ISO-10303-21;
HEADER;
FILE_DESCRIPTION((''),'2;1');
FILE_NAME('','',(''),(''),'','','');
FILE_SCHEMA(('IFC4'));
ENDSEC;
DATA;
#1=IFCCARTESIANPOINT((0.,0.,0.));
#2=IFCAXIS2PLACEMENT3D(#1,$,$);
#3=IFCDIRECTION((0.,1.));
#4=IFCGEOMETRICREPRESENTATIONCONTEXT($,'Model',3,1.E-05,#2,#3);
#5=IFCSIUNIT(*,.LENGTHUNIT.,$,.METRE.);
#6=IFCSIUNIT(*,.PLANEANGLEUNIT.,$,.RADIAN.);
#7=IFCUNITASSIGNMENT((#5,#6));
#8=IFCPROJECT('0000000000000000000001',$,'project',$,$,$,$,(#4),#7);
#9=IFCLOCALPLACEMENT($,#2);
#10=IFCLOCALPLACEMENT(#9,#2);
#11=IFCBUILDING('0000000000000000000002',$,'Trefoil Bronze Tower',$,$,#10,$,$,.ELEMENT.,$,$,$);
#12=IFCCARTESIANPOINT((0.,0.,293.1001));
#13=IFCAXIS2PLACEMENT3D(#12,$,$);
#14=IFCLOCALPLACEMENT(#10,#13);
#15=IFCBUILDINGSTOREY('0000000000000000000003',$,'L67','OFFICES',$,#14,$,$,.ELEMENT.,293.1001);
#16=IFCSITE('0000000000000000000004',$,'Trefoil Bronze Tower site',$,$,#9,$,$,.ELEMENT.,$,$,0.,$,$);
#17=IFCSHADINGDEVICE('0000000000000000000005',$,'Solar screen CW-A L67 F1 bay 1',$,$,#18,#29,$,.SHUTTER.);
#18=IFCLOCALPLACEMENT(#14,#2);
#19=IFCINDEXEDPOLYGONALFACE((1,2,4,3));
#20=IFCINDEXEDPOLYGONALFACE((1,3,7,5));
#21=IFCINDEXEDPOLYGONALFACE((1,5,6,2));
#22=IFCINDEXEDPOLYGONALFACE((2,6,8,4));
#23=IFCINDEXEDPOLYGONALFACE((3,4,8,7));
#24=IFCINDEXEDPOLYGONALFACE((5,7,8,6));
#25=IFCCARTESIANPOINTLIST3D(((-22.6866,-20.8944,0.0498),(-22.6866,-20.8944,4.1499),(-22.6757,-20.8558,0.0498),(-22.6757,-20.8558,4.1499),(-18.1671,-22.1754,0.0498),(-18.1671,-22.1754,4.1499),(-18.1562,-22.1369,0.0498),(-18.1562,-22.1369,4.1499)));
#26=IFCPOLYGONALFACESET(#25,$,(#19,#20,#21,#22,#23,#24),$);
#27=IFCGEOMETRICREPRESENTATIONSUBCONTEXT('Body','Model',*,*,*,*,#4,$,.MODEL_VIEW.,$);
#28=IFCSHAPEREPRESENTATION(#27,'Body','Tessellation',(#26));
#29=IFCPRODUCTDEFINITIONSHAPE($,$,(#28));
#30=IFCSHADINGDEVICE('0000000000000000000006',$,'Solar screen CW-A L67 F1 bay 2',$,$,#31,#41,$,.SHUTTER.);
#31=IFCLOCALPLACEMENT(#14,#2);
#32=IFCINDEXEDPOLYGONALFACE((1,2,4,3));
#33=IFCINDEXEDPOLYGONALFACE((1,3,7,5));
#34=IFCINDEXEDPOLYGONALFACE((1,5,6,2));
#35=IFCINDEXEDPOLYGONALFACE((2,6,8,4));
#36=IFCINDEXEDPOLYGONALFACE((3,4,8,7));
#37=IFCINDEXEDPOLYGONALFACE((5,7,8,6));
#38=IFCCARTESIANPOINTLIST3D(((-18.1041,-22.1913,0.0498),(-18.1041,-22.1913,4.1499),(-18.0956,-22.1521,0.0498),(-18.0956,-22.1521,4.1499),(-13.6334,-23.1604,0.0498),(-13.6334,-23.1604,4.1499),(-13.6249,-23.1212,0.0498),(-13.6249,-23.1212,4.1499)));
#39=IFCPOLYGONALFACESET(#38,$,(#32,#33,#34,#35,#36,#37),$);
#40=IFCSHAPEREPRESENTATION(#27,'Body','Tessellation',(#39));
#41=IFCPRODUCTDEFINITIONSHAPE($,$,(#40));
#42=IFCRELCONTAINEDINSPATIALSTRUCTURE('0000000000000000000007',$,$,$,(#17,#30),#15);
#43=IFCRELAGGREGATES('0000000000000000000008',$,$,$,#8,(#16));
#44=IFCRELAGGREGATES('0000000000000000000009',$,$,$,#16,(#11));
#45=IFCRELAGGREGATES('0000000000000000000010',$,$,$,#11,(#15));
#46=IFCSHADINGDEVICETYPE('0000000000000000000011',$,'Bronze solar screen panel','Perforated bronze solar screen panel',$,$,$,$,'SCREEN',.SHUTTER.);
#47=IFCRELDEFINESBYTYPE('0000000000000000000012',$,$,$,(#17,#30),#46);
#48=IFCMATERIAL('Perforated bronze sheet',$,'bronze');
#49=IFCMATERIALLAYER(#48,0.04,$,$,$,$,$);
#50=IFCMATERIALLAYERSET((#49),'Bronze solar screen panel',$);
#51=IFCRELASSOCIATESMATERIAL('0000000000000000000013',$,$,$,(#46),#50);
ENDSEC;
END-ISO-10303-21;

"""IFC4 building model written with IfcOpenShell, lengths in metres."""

from ifc_helpers import new_model, si_unit, direction, frame, origin, origin_2d, place, context, subcontext, project, spatial, rectangle, extrude, material, layer, layer_set, type_object, element, save


model = new_model("IFC4")

# Units and contexts
model_context = context("Model", 3, precision=1e-05, world=origin(), true_north=direction((0.0, 1.0)))
body_context = subcontext(model_context, "Body", "Model", "MODEL_VIEW")
ifc_project = project(units=[si_unit("LENGTHUNIT", "METRE"), si_unit("PLANEANGLEUNIT", "RADIAN")], contexts=[model_context])

# Site, building, storey
site_placement = place(None, origin())
site = spatial("IfcSite", under=ifc_project, at=site_placement, Name="Trefoil Bronze Tower site", CompositionType="ELEMENT", RefElevation=0.0)
building_placement = place(site_placement, origin())
building = spatial("IfcBuilding", under=site, at=building_placement, Name="Trefoil Bronze Tower", CompositionType="ELEMENT")
storey_placement = place(building_placement, frame((0.0, 0.0, 293.1001)))
storey = spatial("IfcBuildingStorey", under=building, at=storey_placement, Name="L67", Description="OFFICES", CompositionType="ELEMENT", Elevation=293.1001)

# Shading devices
ifc_material_1 = material(Name="Perforated bronze sheet", Category="bronze")
ifc_layer_1 = layer(ifc_material_1, 0.04)
ifc_layer_set_1 = layer_set([ifc_layer_1], Name="Bronze solar screen panel")
shading_device_type = type_object("IfcShadingDeviceType", Name="Bronze solar screen panel", Description="Perforated bronze solar screen panel", ElementType="SCREEN", PredefinedType="SHUTTER", material=ifc_layer_set_1)
shading_device_1_placement = place(storey_placement, frame((-20.4214, -21.5156, 0.0498), z_axis=(0.0, 0.0, 1.0), x_axis=(0.962098, -0.272705, 0.0)))
element("IfcShadingDevice", 1, at=shading_device_1_placement, inside=storey, type_object=shading_device_type, Name="Solar screen CW-A L67 F1 bay 1", PredefinedType="SHUTTER", context=body_context, shape_type="SweptSolid", body=[
    extrude(rectangle(XDim=4.6975, YDim=0.04, at=origin_2d()), origin(), (0.0, 0.0, 1.0), 4.1001),
])
shading_device_2_placement = place(storey_placement, frame((-15.8645, -22.6562, 0.0498), z_axis=(0.0, 0.0, 1.0), x_axis=(0.977303, -0.211846, 0.0)))
element("IfcShadingDevice", 2, at=shading_device_2_placement, inside=storey, type_object=shading_device_type, Name="Solar screen CW-A L67 F1 bay 2", PredefinedType="SHUTTER", context=body_context, shape_type="SweptSolid", body=[
    extrude(rectangle(XDim=4.5745, YDim=0.04, at=origin_2d()), origin(), (0.0, 0.0, 1.0), 4.1001),
])

save(model, "model.ifc")
